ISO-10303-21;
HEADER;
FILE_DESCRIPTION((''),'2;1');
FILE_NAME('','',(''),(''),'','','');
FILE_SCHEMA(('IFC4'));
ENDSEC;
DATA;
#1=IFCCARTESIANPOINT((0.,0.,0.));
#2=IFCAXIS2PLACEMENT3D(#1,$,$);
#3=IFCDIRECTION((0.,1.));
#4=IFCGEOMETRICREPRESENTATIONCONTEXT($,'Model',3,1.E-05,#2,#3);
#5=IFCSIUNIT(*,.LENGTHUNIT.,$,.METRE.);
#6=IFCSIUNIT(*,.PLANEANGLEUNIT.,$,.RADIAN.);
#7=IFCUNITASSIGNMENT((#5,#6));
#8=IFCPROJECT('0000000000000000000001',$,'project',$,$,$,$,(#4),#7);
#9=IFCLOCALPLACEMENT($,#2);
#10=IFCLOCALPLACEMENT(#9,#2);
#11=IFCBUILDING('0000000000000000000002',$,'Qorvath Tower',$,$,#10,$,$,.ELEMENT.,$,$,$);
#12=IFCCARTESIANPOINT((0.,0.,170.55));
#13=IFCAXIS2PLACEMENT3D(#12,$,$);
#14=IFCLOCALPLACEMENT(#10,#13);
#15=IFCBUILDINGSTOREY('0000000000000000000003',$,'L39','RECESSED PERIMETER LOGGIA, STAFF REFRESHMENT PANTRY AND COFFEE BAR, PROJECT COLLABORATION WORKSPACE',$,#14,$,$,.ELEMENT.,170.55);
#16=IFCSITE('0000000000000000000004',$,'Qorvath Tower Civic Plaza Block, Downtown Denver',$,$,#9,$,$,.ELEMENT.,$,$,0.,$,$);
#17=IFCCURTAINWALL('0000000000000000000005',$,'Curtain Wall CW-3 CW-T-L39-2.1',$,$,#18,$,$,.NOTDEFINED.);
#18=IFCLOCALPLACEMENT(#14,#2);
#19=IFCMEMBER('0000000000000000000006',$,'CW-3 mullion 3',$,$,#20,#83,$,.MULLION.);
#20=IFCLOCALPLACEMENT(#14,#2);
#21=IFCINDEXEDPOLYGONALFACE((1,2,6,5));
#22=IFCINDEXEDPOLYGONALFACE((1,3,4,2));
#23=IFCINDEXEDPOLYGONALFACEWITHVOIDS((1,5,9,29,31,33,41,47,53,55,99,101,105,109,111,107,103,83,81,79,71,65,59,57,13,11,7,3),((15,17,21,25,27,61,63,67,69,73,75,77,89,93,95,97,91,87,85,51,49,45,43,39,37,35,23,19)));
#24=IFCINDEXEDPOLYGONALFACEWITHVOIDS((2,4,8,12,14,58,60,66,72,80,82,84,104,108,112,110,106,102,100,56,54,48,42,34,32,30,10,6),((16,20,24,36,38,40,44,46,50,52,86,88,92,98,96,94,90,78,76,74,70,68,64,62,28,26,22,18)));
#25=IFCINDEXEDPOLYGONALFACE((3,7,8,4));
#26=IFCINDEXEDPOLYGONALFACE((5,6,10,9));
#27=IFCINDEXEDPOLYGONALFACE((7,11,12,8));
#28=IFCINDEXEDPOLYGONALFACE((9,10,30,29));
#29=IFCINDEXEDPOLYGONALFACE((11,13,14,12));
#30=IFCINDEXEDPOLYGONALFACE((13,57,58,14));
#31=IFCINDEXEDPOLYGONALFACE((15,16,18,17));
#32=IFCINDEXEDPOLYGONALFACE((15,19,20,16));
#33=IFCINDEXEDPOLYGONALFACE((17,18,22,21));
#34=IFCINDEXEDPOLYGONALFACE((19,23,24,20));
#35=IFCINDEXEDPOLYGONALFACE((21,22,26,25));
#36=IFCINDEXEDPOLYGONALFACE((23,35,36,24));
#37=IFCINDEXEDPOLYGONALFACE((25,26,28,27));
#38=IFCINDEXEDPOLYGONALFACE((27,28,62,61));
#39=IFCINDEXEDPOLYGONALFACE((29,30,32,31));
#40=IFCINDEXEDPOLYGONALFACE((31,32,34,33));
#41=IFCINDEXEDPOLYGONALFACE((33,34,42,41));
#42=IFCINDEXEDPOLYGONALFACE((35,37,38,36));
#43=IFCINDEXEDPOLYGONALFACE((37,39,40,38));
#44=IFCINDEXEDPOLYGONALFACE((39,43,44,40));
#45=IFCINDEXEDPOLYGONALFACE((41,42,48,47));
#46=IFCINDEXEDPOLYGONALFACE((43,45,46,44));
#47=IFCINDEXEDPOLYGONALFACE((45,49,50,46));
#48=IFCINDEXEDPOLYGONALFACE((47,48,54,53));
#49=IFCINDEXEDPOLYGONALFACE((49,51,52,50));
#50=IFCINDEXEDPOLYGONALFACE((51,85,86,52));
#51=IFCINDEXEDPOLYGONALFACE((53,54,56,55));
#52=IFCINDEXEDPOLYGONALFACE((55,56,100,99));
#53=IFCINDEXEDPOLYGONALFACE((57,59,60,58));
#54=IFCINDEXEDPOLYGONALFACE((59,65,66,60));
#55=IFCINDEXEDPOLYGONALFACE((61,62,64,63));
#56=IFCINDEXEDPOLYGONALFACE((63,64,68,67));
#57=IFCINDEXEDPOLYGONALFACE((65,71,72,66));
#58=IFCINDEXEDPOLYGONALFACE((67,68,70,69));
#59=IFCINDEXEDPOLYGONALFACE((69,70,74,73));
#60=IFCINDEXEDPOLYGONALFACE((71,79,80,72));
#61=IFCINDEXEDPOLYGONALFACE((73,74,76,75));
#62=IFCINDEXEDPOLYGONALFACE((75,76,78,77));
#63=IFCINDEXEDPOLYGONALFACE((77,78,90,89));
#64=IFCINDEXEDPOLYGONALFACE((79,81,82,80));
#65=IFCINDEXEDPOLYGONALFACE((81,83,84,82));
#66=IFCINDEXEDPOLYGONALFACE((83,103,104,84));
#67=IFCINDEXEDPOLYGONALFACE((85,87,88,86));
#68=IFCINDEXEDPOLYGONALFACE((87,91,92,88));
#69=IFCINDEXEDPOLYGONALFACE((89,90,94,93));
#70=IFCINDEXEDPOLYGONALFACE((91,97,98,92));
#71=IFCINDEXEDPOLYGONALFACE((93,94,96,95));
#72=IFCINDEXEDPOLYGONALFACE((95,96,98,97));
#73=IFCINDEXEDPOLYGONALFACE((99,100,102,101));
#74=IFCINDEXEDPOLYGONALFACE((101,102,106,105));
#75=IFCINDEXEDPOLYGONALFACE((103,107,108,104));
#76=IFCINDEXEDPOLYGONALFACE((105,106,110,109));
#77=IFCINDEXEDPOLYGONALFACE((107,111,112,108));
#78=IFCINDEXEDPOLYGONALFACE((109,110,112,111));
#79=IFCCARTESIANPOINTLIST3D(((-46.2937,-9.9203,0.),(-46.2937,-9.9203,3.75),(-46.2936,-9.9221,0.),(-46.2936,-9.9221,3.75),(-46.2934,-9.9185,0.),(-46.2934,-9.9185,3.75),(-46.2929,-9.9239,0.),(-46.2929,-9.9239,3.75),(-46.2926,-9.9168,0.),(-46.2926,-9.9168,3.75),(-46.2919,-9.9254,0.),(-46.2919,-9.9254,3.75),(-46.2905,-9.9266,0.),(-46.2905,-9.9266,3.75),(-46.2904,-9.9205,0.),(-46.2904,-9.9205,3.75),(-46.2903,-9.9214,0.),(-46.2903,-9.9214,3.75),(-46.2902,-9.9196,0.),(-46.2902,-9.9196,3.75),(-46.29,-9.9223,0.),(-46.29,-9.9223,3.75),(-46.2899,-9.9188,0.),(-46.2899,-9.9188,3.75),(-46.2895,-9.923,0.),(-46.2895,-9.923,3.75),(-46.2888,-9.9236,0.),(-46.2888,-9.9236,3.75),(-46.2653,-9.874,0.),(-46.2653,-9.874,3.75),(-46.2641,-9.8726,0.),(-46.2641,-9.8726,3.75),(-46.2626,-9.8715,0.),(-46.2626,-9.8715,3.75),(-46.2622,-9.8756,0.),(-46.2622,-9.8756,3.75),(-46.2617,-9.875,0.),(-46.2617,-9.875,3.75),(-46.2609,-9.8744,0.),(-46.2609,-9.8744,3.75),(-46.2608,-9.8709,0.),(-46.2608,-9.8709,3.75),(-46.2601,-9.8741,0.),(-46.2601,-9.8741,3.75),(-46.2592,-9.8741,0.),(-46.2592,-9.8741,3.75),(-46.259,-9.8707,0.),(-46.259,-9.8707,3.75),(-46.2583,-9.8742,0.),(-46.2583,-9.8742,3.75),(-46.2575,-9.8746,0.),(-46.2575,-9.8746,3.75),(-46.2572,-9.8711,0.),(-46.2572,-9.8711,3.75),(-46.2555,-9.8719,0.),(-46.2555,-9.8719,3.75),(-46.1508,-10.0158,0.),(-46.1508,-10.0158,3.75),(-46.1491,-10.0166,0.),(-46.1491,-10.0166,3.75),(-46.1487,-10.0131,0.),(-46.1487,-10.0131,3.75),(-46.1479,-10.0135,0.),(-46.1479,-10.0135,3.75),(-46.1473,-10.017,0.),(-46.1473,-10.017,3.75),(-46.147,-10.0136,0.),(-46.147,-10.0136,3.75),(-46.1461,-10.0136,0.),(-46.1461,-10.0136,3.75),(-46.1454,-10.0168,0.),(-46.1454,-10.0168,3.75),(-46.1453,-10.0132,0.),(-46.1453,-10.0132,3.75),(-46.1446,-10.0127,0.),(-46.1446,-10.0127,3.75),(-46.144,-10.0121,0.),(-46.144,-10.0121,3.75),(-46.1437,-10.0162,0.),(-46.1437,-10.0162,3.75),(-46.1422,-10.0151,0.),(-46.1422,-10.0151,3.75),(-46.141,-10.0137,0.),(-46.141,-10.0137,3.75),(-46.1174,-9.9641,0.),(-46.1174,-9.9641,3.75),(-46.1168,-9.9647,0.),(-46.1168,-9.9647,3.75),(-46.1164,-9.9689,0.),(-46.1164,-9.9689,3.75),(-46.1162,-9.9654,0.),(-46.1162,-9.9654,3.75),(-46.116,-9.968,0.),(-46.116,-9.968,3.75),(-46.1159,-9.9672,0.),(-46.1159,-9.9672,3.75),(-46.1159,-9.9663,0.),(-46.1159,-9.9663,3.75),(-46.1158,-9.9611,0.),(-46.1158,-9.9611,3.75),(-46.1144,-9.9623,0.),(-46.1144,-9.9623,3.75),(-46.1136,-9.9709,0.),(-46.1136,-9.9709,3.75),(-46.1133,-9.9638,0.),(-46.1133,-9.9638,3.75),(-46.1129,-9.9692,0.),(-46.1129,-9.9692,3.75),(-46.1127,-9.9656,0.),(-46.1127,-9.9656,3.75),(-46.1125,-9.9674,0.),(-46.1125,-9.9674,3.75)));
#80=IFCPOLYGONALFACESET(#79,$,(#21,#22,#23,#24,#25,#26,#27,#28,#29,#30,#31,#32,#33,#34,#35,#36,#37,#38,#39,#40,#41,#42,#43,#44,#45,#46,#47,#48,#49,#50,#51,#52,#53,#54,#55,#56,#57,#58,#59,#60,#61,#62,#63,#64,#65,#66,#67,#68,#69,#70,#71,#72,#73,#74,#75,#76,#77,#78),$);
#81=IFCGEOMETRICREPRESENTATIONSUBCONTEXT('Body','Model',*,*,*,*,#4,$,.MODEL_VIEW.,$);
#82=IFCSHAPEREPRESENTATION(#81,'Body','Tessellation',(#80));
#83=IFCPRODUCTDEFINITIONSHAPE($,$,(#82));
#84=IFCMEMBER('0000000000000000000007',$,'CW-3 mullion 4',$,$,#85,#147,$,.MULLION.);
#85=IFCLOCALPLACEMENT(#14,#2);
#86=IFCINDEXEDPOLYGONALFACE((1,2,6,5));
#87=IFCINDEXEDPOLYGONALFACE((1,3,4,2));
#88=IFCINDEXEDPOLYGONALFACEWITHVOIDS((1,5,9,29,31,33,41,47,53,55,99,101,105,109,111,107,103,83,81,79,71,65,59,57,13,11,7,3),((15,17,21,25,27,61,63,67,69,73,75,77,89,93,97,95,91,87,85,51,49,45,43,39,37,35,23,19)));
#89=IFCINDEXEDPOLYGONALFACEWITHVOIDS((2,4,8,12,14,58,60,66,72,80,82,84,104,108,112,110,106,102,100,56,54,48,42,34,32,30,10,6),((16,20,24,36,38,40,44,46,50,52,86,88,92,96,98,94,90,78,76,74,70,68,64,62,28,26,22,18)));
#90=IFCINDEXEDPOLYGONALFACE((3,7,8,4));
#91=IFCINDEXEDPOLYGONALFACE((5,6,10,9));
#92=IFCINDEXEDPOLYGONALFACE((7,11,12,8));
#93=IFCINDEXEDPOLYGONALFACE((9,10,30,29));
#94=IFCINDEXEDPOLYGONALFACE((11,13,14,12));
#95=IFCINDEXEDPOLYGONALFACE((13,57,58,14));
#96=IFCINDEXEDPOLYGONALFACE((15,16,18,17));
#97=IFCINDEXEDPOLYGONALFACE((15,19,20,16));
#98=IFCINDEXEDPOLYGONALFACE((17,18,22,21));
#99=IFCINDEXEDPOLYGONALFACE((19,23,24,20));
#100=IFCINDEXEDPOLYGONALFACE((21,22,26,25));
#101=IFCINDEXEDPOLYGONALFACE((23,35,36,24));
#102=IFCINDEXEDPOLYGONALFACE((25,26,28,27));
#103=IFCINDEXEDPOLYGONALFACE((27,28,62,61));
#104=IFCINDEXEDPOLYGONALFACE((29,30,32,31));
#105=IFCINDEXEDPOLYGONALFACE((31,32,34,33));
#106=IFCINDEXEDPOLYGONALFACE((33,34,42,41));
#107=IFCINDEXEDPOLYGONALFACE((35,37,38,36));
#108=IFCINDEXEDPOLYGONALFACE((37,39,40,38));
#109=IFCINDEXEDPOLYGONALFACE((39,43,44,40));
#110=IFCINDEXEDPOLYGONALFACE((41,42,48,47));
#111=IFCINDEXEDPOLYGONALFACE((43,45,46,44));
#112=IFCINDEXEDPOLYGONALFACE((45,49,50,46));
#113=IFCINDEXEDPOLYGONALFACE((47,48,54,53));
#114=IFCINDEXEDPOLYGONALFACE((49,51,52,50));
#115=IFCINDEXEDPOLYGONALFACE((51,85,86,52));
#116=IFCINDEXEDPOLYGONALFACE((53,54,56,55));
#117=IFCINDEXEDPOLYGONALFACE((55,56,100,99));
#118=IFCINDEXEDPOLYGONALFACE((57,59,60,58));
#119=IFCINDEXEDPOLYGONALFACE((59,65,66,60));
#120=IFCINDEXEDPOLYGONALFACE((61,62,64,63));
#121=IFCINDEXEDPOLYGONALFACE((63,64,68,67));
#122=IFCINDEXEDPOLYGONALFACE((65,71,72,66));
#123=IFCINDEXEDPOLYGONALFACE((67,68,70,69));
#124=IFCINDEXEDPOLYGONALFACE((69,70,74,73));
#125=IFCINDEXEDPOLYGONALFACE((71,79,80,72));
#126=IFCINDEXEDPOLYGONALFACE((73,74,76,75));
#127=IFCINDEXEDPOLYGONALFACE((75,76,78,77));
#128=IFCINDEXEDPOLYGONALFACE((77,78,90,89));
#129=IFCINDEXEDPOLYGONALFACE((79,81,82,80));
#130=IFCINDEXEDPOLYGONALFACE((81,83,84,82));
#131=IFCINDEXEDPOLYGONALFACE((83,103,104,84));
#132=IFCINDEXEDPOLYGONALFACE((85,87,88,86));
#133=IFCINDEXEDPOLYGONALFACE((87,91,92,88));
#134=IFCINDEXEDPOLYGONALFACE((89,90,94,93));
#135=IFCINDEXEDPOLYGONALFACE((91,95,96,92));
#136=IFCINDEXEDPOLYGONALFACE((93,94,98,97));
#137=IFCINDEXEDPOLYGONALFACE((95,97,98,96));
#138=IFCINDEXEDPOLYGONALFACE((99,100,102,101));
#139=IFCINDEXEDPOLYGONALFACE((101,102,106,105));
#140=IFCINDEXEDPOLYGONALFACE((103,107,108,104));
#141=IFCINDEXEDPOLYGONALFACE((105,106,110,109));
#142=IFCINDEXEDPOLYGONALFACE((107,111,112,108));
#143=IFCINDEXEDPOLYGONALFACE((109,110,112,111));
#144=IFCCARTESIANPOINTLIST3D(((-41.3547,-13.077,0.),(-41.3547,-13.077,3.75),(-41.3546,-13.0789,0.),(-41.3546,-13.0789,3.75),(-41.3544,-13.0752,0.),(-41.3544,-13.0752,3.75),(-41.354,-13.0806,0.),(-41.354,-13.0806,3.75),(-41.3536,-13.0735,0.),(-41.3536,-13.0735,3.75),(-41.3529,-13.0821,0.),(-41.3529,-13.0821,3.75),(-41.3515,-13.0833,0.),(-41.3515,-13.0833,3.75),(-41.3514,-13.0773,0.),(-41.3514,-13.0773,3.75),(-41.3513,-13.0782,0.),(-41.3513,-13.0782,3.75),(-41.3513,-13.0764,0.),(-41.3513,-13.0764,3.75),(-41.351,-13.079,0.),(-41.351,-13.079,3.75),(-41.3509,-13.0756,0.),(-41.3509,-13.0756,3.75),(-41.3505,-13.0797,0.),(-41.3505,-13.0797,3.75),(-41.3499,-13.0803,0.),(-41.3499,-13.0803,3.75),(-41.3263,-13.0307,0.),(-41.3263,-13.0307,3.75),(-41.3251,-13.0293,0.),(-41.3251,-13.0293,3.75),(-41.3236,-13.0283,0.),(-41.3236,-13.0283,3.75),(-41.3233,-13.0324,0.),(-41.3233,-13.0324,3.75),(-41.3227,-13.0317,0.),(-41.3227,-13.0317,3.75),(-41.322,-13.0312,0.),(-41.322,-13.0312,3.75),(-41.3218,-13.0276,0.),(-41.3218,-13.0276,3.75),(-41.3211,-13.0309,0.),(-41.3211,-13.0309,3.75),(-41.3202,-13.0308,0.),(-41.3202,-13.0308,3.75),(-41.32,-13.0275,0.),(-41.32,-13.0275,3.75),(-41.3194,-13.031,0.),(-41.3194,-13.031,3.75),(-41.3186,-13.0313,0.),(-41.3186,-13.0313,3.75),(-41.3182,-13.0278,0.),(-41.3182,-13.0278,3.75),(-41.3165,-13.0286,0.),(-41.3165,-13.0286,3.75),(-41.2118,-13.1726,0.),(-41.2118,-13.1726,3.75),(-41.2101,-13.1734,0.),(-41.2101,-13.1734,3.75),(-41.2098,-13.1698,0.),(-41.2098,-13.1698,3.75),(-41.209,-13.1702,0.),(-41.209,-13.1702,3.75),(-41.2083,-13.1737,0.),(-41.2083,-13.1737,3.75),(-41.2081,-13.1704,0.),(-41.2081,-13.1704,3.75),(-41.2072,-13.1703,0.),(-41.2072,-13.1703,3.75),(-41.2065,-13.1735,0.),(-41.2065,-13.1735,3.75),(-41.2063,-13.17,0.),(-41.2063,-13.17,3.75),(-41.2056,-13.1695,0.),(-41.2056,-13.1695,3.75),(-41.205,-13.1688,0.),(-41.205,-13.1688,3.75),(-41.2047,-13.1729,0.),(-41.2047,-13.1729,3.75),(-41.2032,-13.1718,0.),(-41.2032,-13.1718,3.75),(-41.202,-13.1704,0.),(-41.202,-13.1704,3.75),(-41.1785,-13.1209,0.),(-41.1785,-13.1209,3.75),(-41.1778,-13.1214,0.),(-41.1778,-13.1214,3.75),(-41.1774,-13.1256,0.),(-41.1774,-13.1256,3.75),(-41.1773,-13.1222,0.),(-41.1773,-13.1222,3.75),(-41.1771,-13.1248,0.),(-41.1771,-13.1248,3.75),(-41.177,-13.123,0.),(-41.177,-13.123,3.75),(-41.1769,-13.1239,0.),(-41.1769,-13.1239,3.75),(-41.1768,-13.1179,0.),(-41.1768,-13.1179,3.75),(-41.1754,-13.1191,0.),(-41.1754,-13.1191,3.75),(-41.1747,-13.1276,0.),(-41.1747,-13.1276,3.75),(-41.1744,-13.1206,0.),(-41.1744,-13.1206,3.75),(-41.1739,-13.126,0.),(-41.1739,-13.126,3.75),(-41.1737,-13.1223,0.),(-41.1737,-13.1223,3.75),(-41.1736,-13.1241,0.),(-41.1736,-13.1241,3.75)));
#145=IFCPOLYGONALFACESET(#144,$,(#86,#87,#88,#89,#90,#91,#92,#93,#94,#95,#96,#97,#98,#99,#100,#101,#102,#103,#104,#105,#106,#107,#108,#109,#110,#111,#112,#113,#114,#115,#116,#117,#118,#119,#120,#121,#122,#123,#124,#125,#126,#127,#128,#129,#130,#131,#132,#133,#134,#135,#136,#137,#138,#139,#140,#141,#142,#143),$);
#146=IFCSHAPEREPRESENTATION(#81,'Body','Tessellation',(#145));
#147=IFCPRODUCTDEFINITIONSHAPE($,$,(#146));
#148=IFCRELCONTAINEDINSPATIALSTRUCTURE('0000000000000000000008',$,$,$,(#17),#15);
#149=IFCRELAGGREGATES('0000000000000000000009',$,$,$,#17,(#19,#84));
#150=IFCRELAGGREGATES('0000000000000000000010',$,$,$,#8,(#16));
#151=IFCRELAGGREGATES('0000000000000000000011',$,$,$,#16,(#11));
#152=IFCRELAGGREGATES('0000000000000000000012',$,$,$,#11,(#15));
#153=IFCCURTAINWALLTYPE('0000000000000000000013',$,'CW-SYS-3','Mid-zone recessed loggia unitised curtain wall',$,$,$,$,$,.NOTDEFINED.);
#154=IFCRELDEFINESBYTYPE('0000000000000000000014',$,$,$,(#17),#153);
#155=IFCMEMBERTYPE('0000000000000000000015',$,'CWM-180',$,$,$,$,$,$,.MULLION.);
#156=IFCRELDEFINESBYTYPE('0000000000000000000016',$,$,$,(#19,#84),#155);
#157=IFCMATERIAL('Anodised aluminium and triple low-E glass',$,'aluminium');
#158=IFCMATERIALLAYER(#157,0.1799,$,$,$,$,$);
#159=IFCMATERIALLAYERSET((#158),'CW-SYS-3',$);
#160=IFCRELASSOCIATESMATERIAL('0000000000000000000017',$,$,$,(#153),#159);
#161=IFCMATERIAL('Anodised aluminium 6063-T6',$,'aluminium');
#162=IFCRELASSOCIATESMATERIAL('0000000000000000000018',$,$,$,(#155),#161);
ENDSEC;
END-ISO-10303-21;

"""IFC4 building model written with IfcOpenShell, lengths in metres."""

from ifc_helpers import new_model, si_unit, direction, frame, origin, origin_2d, place, context, subcontext, project, spatial, hollow_rectangle, extrude, material, layer, layer_set, material_profile, profile_set, type_object, element, aggregate, save


model = new_model("IFC4")

# Units and contexts
model_context = context("Model", 3, precision=1e-05, world=origin(), true_north=direction((0.0, 1.0)))
body_context = subcontext(model_context, "Body", "Model", "MODEL_VIEW")
ifc_project = project(units=[si_unit("LENGTHUNIT", "METRE"), si_unit("PLANEANGLEUNIT", "RADIAN")], contexts=[model_context])

# Site, building, storey
site_placement = place(None, origin())
site = spatial("IfcSite", under=ifc_project, at=site_placement, Name="Qorvath Tower Civic Plaza Block, Downtown Denver", CompositionType="ELEMENT", RefElevation=0.0)
building_placement = place(site_placement, origin())
building = spatial("IfcBuilding", under=site, at=building_placement, Name="Qorvath Tower", CompositionType="ELEMENT")
storey_placement = place(building_placement, frame((0.0, 0.0, 170.55)))
storey = spatial("IfcBuildingStorey", under=building, at=storey_placement, Name="L39", Description="RECESSED PERIMETER LOGGIA, STAFF REFRESHMENT PANTRY AND COFFEE BAR, PROJECT COLLABORATION WORKSPACE", CompositionType="ELEMENT", Elevation=170.55)

# Curtain wall, members
ifc_material_1 = material(Name="Anodised aluminium and triple low-E glass", Category="aluminium")
ifc_layer_1 = layer(ifc_material_1, 0.1799)
ifc_layer_set_1 = layer_set([ifc_layer_1], Name="CW-SYS-3")
curtain_wall_type = type_object("IfcCurtainWallType", Name="CW-SYS-3", Description="Mid-zone recessed loggia unitised curtain wall", PredefinedType="NOTDEFINED", material=ifc_layer_set_1)
curtain_wall_placement = place(storey_placement, origin())
curtain_wall = element("IfcCurtainWall", 1, at=curtain_wall_placement, inside=storey, type_object=curtain_wall_type, Name="Curtain Wall CW-3 CW-T-L39-2.1", PredefinedType="NOTDEFINED")
ifc_material_2 = material(Name="Anodised aluminium 6063-T6", Category="aluminium")
ifc_material_profile_1 = material_profile(ifc_material_2, hollow_rectangle(XDim=0.0649, YDim=0.1799, WallThickness=0.0034, InnerFilletRadius=0.0034, OuterFilletRadius=0.0071, at=origin_2d()), Name="CWM 180x65")
ifc_profile_set_1 = profile_set([ifc_material_profile_1], Name="Anodised aluminium 6063-T6")
member_type_1 = type_object("IfcMemberType", Name="CWM-180", PredefinedType="MULLION", material=ifc_profile_set_1)
member_1_placement = place(storey_placement, frame((-46.2031, -9.9438, 0.0), z_axis=(0.0, 0.0, 1.0), x_axis=(0.538529, 0.842607, 0.0)))
member_1 = element("IfcMember", 2, at=member_1_placement, type_object=member_type_1, Name="CW-3 mullion 3", PredefinedType="MULLION", context=body_context, shape_type="SweptSolid", body=[
    extrude(hollow_rectangle(XDim=0.0649, YDim=0.1799, WallThickness=0.0034, InnerFilletRadius=0.0034, OuterFilletRadius=0.0071, at=origin_2d()), origin(), (0.0, 0.0, 1.0), 3.75),
])
member_2_placement = place(storey_placement, frame((-41.2642, -13.1006, 0.0), z_axis=(0.0, 0.0, 1.0), x_axis=(0.538529, 0.842607, 0.0)))
member_2 = element("IfcMember", 3, at=member_2_placement, type_object=member_type_1, Name="CW-3 mullion 4", PredefinedType="MULLION", context=body_context, shape_type="SweptSolid", body=[
    extrude(hollow_rectangle(XDim=0.0649, YDim=0.1799, WallThickness=0.0034, InnerFilletRadius=0.0034, OuterFilletRadius=0.0071, at=origin_2d()), origin(), (0.0, 0.0, 1.0), 3.75),
])
aggregate(curtain_wall, [member_1, member_2])

save(model, "model.ifc")
